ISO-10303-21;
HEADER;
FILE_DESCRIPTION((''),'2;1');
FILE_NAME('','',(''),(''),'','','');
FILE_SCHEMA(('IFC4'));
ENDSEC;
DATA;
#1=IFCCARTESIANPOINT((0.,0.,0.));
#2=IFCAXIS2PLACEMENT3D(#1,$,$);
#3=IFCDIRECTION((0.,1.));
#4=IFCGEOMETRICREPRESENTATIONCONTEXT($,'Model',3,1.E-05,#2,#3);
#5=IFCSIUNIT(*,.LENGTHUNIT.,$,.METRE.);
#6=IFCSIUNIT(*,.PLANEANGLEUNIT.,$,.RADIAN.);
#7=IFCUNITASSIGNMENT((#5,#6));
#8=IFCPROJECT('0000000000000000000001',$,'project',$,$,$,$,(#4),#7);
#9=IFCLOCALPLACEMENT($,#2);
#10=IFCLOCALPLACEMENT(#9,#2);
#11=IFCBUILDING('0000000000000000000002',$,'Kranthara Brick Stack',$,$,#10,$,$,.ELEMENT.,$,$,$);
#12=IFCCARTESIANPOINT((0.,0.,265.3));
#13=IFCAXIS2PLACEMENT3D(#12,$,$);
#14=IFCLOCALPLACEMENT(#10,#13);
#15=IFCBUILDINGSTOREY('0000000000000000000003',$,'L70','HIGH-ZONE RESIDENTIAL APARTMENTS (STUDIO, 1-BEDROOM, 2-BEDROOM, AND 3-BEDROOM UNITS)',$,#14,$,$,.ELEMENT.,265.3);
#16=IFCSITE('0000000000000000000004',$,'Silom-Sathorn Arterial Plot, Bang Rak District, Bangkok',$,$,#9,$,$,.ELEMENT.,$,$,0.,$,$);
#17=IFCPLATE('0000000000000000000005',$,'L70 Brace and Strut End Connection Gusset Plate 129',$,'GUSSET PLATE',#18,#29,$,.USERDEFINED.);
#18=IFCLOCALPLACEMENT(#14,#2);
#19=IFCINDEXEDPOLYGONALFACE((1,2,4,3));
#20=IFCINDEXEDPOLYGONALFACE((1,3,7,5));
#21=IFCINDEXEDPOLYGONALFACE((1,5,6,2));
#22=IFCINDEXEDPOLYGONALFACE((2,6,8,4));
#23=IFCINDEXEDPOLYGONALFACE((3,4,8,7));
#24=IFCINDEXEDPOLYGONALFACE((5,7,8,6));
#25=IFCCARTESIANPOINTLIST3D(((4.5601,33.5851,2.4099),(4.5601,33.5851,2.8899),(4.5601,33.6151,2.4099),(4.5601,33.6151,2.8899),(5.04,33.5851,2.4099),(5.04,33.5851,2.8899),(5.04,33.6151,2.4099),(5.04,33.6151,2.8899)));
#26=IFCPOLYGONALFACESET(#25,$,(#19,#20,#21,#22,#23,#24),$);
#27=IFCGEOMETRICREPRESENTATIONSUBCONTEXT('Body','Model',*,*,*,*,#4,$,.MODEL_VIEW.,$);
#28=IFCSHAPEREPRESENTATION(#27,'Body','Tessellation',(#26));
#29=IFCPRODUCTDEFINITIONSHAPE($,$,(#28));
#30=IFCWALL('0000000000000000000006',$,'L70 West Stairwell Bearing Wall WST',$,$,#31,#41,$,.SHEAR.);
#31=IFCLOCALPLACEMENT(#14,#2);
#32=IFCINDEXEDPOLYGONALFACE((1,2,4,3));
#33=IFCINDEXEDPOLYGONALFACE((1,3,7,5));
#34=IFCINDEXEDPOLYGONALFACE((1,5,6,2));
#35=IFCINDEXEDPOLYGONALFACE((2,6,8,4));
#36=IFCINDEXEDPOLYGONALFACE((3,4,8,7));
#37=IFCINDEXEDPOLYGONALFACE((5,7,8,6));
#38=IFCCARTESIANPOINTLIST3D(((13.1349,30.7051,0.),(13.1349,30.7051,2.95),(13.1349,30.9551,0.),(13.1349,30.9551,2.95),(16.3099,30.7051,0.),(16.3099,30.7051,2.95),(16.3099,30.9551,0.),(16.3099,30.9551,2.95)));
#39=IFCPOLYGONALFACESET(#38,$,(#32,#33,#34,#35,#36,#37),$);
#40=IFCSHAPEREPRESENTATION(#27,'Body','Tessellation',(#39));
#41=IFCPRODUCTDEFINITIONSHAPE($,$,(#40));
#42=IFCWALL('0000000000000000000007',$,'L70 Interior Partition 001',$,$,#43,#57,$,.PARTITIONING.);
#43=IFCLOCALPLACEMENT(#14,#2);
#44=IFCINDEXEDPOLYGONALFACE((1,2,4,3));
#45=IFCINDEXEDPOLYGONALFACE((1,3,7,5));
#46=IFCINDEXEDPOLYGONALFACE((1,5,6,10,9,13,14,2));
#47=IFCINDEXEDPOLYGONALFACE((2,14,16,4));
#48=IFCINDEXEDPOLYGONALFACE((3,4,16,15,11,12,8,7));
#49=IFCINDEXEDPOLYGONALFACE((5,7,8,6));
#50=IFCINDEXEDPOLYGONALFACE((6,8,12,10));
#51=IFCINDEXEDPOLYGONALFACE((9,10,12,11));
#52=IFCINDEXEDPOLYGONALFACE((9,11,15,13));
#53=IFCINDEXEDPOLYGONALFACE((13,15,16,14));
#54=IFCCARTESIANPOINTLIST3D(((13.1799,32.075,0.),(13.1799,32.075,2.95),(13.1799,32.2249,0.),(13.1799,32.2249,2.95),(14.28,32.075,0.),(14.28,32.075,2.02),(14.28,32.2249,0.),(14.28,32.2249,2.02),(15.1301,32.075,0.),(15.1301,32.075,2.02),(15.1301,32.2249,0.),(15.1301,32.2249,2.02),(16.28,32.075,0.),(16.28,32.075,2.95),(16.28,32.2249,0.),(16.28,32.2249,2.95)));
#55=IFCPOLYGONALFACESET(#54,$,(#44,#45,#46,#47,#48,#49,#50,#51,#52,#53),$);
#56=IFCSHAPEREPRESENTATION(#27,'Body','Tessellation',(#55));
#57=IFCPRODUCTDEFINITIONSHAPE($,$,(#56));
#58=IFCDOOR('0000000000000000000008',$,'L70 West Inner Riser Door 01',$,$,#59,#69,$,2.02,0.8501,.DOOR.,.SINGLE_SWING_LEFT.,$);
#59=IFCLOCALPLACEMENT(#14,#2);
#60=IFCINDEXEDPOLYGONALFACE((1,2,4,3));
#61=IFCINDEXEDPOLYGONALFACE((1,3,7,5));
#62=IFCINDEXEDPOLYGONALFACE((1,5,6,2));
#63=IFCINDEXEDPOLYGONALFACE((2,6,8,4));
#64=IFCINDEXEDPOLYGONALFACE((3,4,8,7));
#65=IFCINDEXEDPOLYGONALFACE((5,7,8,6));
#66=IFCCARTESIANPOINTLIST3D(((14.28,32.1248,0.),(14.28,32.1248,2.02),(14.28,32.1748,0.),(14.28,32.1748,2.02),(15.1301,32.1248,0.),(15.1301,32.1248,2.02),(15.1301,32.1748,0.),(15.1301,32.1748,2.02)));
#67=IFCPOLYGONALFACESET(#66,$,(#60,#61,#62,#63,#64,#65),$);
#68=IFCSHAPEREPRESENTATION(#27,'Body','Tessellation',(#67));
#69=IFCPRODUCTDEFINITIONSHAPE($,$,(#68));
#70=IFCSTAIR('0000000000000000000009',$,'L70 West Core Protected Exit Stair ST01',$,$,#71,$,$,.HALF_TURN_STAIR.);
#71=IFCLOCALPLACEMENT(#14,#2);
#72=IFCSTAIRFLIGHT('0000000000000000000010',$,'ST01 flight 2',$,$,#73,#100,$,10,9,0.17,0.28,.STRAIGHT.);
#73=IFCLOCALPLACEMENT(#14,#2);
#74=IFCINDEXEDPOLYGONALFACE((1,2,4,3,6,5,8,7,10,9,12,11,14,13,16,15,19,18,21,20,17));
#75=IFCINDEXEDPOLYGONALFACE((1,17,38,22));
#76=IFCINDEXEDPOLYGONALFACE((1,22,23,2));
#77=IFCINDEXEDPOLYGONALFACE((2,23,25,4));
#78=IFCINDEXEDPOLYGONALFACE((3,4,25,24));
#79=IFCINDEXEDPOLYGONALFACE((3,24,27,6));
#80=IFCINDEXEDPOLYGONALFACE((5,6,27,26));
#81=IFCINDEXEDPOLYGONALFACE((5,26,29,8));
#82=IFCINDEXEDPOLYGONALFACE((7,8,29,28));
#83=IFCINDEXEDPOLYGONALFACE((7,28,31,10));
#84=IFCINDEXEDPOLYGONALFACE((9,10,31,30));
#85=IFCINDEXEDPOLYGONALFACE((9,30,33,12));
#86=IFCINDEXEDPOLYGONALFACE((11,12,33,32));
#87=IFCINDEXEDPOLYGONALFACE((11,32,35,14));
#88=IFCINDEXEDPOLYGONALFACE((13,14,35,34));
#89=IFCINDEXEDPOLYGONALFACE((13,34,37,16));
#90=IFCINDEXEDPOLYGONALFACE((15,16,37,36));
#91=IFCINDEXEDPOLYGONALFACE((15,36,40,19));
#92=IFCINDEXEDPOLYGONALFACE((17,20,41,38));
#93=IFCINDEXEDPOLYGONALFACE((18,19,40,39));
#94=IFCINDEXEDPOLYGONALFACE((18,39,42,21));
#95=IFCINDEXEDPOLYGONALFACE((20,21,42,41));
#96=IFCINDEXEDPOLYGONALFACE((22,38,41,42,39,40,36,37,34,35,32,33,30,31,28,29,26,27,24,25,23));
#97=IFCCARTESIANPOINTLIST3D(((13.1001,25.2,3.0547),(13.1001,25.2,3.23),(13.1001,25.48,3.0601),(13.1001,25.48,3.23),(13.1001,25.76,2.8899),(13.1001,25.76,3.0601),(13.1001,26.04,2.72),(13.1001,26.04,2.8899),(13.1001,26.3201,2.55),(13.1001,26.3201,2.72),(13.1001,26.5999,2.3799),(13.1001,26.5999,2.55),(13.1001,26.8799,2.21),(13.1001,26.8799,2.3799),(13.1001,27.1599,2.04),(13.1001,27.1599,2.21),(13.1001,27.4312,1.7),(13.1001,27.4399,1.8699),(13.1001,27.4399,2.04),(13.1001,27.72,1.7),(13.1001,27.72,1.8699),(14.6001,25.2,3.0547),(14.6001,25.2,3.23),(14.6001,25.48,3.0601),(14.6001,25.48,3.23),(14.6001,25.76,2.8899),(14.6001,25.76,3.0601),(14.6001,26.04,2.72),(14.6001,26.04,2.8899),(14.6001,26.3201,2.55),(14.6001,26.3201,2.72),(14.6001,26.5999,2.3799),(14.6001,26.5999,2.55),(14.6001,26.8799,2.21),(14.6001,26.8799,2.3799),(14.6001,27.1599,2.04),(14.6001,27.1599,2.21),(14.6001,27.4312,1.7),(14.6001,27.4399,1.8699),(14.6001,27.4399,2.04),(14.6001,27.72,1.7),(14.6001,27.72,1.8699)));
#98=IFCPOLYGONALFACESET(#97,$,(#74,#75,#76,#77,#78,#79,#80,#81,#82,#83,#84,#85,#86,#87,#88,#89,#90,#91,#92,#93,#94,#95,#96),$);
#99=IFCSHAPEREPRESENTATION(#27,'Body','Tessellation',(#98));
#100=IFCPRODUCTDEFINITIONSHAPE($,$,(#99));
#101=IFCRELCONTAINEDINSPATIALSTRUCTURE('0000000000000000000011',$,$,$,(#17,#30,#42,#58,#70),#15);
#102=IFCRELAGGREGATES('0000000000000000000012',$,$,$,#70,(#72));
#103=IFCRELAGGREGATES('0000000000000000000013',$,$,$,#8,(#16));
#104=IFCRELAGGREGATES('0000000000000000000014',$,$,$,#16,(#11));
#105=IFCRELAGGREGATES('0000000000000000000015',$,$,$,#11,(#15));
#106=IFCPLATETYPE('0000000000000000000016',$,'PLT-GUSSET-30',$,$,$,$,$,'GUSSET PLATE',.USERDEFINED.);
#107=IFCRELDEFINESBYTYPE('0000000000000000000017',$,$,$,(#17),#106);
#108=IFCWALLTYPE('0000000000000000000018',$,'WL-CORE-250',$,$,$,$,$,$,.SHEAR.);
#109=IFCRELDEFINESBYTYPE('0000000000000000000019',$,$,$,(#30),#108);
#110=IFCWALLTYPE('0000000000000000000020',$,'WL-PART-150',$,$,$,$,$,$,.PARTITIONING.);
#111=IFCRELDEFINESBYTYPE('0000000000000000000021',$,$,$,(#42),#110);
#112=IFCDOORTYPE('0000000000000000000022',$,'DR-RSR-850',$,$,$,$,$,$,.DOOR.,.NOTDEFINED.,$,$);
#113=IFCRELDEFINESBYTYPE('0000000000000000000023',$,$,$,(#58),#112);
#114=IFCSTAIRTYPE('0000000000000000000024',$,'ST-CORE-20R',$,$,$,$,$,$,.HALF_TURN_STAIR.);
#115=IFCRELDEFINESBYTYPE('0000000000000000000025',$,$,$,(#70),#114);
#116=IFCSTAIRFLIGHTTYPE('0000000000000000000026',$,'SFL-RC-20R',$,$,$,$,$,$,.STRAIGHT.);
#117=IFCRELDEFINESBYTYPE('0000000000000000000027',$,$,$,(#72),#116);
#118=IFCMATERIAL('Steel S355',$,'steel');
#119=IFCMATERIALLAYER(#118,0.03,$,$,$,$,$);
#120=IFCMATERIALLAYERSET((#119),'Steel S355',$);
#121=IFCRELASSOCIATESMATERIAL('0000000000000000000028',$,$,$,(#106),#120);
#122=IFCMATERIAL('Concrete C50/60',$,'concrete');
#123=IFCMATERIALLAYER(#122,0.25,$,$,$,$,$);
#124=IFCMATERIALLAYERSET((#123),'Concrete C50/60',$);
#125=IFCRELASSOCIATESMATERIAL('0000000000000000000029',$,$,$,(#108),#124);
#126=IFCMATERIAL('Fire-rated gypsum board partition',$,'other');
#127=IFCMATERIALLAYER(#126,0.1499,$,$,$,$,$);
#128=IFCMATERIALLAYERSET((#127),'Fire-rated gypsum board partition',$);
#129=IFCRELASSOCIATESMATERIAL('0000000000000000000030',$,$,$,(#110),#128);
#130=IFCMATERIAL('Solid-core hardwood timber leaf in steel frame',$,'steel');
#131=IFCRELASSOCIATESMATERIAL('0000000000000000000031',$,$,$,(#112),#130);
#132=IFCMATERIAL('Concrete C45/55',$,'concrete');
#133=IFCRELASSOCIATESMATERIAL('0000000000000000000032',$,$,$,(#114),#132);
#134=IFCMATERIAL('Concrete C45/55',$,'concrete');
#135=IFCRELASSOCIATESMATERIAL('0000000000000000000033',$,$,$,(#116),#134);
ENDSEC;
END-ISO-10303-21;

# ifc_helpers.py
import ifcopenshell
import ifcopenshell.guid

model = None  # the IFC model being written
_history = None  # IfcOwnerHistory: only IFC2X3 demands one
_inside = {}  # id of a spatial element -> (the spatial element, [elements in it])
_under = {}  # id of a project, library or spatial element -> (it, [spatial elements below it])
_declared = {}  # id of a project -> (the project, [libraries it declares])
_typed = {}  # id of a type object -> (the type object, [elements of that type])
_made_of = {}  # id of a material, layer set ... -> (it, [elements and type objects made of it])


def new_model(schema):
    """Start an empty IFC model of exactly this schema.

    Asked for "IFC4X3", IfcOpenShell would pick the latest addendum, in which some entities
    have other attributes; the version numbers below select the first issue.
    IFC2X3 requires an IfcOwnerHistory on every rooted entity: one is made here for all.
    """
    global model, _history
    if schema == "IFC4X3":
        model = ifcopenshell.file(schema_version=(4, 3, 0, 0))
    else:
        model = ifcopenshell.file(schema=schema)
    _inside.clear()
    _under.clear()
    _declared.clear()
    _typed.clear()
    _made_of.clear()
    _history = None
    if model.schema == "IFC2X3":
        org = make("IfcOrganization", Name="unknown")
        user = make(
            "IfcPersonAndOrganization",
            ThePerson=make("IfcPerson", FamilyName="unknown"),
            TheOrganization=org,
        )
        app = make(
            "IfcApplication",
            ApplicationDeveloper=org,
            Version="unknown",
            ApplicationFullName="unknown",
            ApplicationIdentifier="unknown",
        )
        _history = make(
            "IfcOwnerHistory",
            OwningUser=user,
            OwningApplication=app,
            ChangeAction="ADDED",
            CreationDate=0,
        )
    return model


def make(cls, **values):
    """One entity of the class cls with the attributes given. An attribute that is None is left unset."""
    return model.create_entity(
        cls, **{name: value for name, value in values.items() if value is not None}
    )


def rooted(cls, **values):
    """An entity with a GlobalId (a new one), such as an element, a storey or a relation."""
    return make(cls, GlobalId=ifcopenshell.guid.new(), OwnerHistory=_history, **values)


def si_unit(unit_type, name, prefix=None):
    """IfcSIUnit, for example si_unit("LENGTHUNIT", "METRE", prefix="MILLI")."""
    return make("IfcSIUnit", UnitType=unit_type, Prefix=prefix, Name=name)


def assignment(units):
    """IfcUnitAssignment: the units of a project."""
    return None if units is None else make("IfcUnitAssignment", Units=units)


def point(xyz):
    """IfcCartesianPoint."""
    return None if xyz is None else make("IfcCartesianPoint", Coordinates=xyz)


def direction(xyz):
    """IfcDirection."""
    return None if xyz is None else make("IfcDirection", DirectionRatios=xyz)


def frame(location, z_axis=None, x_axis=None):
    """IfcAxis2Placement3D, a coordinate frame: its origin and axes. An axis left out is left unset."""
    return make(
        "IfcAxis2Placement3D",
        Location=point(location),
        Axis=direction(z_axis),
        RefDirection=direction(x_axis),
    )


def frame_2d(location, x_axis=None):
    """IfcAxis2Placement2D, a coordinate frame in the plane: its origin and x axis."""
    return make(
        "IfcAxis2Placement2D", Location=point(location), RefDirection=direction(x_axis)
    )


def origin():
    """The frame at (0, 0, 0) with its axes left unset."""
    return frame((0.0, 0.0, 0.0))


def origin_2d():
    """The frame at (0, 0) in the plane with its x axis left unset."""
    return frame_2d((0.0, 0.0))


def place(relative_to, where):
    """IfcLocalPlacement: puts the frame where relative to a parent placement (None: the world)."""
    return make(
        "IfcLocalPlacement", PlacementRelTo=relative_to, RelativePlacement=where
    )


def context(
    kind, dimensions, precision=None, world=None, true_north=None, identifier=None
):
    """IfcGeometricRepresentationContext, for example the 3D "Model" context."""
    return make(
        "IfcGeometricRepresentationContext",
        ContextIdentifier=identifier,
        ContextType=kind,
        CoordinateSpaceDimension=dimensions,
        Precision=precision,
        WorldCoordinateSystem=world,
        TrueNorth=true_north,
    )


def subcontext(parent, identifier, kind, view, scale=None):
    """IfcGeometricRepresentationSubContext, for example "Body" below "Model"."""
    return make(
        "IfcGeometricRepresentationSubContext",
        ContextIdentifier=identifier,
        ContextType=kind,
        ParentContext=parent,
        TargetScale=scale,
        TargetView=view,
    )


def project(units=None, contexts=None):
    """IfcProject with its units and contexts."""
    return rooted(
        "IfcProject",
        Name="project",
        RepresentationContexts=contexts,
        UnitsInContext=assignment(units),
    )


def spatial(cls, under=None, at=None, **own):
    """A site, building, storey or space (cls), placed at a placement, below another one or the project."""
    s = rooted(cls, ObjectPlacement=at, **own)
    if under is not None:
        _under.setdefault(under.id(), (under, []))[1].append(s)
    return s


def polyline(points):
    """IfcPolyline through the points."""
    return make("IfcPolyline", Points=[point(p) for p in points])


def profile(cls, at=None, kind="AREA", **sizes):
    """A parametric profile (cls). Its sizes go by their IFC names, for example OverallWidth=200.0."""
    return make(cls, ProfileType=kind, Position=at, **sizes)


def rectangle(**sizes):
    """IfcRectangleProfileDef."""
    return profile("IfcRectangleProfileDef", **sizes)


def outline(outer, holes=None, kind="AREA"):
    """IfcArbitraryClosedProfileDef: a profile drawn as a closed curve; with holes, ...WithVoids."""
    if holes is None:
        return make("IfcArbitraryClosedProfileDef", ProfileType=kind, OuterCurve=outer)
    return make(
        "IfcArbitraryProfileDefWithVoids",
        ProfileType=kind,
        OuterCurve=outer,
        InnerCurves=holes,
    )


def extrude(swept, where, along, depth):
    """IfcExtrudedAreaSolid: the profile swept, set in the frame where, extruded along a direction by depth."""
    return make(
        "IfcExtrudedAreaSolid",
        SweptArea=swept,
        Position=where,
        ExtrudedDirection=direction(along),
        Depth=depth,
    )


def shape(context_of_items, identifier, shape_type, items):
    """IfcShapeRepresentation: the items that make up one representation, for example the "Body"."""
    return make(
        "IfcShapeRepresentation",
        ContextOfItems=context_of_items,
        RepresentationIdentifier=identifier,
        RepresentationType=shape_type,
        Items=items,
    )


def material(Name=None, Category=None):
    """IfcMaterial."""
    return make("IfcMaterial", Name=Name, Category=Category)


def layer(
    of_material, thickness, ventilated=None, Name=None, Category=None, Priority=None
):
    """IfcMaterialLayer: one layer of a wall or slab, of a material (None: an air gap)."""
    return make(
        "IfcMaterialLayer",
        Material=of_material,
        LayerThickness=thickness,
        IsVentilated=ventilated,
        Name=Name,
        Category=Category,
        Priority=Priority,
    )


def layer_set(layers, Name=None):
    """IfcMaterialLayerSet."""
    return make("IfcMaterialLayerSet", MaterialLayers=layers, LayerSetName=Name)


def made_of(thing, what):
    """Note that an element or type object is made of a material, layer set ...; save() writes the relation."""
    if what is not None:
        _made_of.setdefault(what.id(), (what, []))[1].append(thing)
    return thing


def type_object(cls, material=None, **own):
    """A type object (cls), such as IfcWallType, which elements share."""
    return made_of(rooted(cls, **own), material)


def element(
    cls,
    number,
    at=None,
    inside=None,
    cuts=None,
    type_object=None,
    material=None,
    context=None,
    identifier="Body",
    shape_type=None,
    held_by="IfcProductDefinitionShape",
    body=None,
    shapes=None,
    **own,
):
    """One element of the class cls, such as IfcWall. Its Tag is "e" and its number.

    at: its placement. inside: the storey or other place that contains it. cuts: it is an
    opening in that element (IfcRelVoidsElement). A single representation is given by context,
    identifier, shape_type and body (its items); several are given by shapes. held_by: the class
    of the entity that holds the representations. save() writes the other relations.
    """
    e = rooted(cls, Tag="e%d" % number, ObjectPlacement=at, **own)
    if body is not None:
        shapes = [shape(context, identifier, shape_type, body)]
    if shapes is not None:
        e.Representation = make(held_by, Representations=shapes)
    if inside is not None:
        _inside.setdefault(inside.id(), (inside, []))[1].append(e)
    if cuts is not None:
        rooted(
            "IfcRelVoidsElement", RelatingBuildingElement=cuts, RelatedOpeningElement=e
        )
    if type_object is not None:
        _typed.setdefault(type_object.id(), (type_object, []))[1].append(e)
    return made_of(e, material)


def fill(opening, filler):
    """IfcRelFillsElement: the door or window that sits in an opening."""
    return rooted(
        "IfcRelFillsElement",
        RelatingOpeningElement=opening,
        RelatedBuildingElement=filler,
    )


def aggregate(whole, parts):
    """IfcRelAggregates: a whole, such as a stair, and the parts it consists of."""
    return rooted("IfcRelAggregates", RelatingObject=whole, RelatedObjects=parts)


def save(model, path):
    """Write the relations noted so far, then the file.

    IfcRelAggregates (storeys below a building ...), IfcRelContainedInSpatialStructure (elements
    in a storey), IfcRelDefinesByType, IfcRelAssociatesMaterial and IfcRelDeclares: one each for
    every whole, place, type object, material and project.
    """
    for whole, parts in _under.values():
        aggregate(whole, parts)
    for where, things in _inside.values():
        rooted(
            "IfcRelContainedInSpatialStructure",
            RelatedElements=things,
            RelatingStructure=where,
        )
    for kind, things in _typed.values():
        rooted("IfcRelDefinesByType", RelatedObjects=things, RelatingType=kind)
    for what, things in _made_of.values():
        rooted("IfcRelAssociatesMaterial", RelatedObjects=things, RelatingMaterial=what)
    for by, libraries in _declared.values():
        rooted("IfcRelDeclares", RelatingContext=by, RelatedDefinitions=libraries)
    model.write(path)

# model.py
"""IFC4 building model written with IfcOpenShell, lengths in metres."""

from ifc_helpers import new_model, si_unit, direction, frame, frame_2d, origin, origin_2d, place, context, subcontext, project, spatial, polyline, rectangle, outline, extrude, material, layer, layer_set, type_object, element, fill, aggregate, save


model = new_model("IFC4")

# Units and contexts
model_context = context("Model", 3, precision=1e-05, world=origin(), true_north=direction((0.0, 1.0)))
body_context = subcontext(model_context, "Body", "Model", "MODEL_VIEW")
ifc_project = project(units=[si_unit("LENGTHUNIT", "METRE"), si_unit("PLANEANGLEUNIT", "RADIAN")], contexts=[model_context])

# Site, building, storey
site_placement = place(None, origin())
site = spatial("IfcSite", under=ifc_project, at=site_placement, Name="Silom-Sathorn Arterial Plot, Bang Rak District, Bangkok", CompositionType="ELEMENT", RefElevation=0.0)
building_placement = place(site_placement, origin())
building = spatial("IfcBuilding", under=site, at=building_placement, Name="Kranthara Brick Stack", CompositionType="ELEMENT")
storey_placement = place(building_placement, frame((0.0, 0.0, 265.3)))
storey = spatial("IfcBuildingStorey", under=building, at=storey_placement, Name="L70", Description="HIGH-ZONE RESIDENTIAL APARTMENTS (STUDIO, 1-BEDROOM, 2-BEDROOM, AND 3-BEDROOM UNITS)", CompositionType="ELEMENT", Elevation=265.3)

# Plate
ifc_material_1 = material(Name="Steel S355", Category="steel")
ifc_layer_1 = layer(ifc_material_1, 0.03)
ifc_layer_set_1 = layer_set([ifc_layer_1], Name="Steel S355")
plate_type = type_object("IfcPlateType", Name="PLT-GUSSET-30", ElementType="GUSSET PLATE", PredefinedType="USERDEFINED", material=ifc_layer_set_1)
for number, where, z_axis, x_axis, name in (
    (1, (4.8, 33.6001, 2.4099), (0.0, 0.0, 1.0), (1.0, 0.0, 0.0), "L70 Brace and Strut End Connection Gusset Plate 129"),
):
    element("IfcPlate", number, at=place(storey_placement, frame(where, z_axis=z_axis, x_axis=x_axis)), inside=storey, type_object=plate_type, Name=name, ObjectType="GUSSET PLATE", PredefinedType="USERDEFINED", context=body_context, shape_type="SweptSolid", body=[
        extrude(rectangle(XDim=0.48, YDim=0.03, at=origin_2d()), origin(), (0.0, 0.0, 1.0), 0.48),
    ])

# Wall
ifc_material_2 = material(Name="Concrete C50/60", Category="concrete")
ifc_layer_2 = layer(ifc_material_2, 0.25)
ifc_layer_set_2 = layer_set([ifc_layer_2], Name="Concrete C50/60")
wall_type_1 = type_object("IfcWallType", Name="WL-CORE-250", PredefinedType="SHEAR", material=ifc_layer_set_2)
wall_1_placement = place(storey_placement, frame((13.135, 30.8301, 0.0), z_axis=(0.0, 0.0, 1.0), x_axis=(1.0, 0.0, 0.0)))
element("IfcWall", 2, at=wall_1_placement, inside=storey, type_object=wall_type_1, Name="L70 West Stairwell Bearing Wall WST", PredefinedType="SHEAR", context=body_context, shape_type="SweptSolid", body=[
    extrude(rectangle(XDim=3.175, YDim=0.25, at=frame_2d((1.5874, 0.0))), origin(), (0.0, 0.0, 1.0), 2.95),
])

# Wall, opening, door
ifc_material_3 = material(Name="Fire-rated gypsum board partition", Category="other")
ifc_layer_3 = layer(ifc_material_3, 0.1499)
ifc_layer_set_3 = layer_set([ifc_layer_3], Name="Fire-rated gypsum board partition")
wall_type_2 = type_object("IfcWallType", Name="WL-PART-150", PredefinedType="PARTITIONING", material=ifc_layer_set_3)
wall_2_placement = place(storey_placement, frame((13.1799, 32.1499, 0.0), z_axis=(0.0, 0.0, 1.0), x_axis=(1.0, 0.0, 0.0)))
wall_2 = element("IfcWall", 3, at=wall_2_placement, inside=storey, type_object=wall_type_2, Name="L70 Interior Partition 001", PredefinedType="PARTITIONING", context=body_context, shape_type="SweptSolid", body=[
    extrude(rectangle(XDim=3.1001, YDim=0.1499, at=frame_2d((1.55, 0.0))), origin(), (0.0, 0.0, 1.0), 2.95),
])
opening_placement = place(wall_2_placement, frame((1.1001, 0.0, 0.0)))
opening = element("IfcOpeningElement", 4, at=opening_placement, cuts=wall_2, PredefinedType="OPENING", context=body_context, shape_type="SweptSolid", body=[
    extrude(rectangle(XDim=0.8501, YDim=2.02, at=frame_2d((0.425, 1.01))), frame((0.0, 0.085, 0.0), z_axis=(0.0, -1.0, 0.0), x_axis=(1.0, 0.0, 0.0)), (0.0, 0.0, 1.0), 0.1699),
])
ifc_material_4 = material(Name="Solid-core hardwood timber leaf in steel frame", Category="steel")
door_type = type_object("IfcDoorType", Name="DR-RSR-850", OperationType="NOTDEFINED", PredefinedType="DOOR", material=ifc_material_4)
door_placement = place(opening_placement, origin())
door = element("IfcDoor", 5, at=door_placement, inside=storey, type_object=door_type, Name="L70 West Inner Riser Door 01", OperationType="SINGLE_SWING_LEFT", OverallHeight=2.02, OverallWidth=0.8501, PredefinedType="DOOR", context=body_context, shape_type="SweptSolid", body=[
    extrude(rectangle(XDim=0.8501, YDim=2.02, at=frame_2d((0.425, 1.01))), frame((0.0, 0.0249, 0.0), z_axis=(0.0, -1.0, 0.0), x_axis=(1.0, 0.0, 0.0)), (0.0, 0.0, 1.0), 0.05),
])
fill(opening, door)

# Stair, stair flight
ifc_material_5 = material(Name="Concrete C45/55", Category="concrete")
stair_type = type_object("IfcStairType", Name="ST-CORE-20R", PredefinedType="HALF_TURN_STAIR", material=ifc_material_5)
stair_placement = place(storey_placement, origin())
stair = element("IfcStair", 6, at=stair_placement, inside=storey, type_object=stair_type, Name="L70 West Core Protected Exit Stair ST01", PredefinedType="HALF_TURN_STAIR")
ifc_material_6 = material(Name="Concrete C45/55", Category="concrete")
stair_flight_type = type_object("IfcStairFlightType", Name="SFL-RC-20R", PredefinedType="STRAIGHT", material=ifc_material_6)
stair_flight_placement = place(storey_placement, frame((13.8501, 27.72, 1.7), z_axis=(0.0, 0.0, 1.0), x_axis=(0.0, -1.0, 0.0)))
stair_flight = element("IfcStairFlight", 7, at=stair_flight_placement, type_object=stair_flight_type, Name="ST01 flight 2", NumberOfRisers=10, NumberOfTreads=9, PredefinedType="STRAIGHT", RiserHeight=0.17, TreadLength=0.28, context=body_context, shape_type="SweptSolid", body=[
    extrude(outline(polyline([(0.0, 0.0), (0.0, 0.1699), (0.28, 0.1699), (0.28, 0.3401), (0.5601, 0.3401), (0.5601, 0.51), (0.8401, 0.51), (0.8401, 0.6799), (1.1201, 0.6799), (1.1201, 0.8501), (1.3999, 0.8501), (1.3999, 1.02), (1.6799, 1.02), (1.6799, 1.1899), (1.96, 1.1899), (1.96, 1.3601), (2.24, 1.3601), (2.24, 1.53), (2.52, 1.53), (2.52, 1.7), (2.52, 1.3547), (0.2888, 0.0), (0.0, 0.0)])), frame((0.0, 0.75, 0.0), z_axis=(0.0, -1.0, 0.0), x_axis=(1.0, 0.0, 0.0)), (0.0, 0.0, 1.0), 1.5),
])
aggregate(stair, [stair_flight])

save(model, "model.ifc")
